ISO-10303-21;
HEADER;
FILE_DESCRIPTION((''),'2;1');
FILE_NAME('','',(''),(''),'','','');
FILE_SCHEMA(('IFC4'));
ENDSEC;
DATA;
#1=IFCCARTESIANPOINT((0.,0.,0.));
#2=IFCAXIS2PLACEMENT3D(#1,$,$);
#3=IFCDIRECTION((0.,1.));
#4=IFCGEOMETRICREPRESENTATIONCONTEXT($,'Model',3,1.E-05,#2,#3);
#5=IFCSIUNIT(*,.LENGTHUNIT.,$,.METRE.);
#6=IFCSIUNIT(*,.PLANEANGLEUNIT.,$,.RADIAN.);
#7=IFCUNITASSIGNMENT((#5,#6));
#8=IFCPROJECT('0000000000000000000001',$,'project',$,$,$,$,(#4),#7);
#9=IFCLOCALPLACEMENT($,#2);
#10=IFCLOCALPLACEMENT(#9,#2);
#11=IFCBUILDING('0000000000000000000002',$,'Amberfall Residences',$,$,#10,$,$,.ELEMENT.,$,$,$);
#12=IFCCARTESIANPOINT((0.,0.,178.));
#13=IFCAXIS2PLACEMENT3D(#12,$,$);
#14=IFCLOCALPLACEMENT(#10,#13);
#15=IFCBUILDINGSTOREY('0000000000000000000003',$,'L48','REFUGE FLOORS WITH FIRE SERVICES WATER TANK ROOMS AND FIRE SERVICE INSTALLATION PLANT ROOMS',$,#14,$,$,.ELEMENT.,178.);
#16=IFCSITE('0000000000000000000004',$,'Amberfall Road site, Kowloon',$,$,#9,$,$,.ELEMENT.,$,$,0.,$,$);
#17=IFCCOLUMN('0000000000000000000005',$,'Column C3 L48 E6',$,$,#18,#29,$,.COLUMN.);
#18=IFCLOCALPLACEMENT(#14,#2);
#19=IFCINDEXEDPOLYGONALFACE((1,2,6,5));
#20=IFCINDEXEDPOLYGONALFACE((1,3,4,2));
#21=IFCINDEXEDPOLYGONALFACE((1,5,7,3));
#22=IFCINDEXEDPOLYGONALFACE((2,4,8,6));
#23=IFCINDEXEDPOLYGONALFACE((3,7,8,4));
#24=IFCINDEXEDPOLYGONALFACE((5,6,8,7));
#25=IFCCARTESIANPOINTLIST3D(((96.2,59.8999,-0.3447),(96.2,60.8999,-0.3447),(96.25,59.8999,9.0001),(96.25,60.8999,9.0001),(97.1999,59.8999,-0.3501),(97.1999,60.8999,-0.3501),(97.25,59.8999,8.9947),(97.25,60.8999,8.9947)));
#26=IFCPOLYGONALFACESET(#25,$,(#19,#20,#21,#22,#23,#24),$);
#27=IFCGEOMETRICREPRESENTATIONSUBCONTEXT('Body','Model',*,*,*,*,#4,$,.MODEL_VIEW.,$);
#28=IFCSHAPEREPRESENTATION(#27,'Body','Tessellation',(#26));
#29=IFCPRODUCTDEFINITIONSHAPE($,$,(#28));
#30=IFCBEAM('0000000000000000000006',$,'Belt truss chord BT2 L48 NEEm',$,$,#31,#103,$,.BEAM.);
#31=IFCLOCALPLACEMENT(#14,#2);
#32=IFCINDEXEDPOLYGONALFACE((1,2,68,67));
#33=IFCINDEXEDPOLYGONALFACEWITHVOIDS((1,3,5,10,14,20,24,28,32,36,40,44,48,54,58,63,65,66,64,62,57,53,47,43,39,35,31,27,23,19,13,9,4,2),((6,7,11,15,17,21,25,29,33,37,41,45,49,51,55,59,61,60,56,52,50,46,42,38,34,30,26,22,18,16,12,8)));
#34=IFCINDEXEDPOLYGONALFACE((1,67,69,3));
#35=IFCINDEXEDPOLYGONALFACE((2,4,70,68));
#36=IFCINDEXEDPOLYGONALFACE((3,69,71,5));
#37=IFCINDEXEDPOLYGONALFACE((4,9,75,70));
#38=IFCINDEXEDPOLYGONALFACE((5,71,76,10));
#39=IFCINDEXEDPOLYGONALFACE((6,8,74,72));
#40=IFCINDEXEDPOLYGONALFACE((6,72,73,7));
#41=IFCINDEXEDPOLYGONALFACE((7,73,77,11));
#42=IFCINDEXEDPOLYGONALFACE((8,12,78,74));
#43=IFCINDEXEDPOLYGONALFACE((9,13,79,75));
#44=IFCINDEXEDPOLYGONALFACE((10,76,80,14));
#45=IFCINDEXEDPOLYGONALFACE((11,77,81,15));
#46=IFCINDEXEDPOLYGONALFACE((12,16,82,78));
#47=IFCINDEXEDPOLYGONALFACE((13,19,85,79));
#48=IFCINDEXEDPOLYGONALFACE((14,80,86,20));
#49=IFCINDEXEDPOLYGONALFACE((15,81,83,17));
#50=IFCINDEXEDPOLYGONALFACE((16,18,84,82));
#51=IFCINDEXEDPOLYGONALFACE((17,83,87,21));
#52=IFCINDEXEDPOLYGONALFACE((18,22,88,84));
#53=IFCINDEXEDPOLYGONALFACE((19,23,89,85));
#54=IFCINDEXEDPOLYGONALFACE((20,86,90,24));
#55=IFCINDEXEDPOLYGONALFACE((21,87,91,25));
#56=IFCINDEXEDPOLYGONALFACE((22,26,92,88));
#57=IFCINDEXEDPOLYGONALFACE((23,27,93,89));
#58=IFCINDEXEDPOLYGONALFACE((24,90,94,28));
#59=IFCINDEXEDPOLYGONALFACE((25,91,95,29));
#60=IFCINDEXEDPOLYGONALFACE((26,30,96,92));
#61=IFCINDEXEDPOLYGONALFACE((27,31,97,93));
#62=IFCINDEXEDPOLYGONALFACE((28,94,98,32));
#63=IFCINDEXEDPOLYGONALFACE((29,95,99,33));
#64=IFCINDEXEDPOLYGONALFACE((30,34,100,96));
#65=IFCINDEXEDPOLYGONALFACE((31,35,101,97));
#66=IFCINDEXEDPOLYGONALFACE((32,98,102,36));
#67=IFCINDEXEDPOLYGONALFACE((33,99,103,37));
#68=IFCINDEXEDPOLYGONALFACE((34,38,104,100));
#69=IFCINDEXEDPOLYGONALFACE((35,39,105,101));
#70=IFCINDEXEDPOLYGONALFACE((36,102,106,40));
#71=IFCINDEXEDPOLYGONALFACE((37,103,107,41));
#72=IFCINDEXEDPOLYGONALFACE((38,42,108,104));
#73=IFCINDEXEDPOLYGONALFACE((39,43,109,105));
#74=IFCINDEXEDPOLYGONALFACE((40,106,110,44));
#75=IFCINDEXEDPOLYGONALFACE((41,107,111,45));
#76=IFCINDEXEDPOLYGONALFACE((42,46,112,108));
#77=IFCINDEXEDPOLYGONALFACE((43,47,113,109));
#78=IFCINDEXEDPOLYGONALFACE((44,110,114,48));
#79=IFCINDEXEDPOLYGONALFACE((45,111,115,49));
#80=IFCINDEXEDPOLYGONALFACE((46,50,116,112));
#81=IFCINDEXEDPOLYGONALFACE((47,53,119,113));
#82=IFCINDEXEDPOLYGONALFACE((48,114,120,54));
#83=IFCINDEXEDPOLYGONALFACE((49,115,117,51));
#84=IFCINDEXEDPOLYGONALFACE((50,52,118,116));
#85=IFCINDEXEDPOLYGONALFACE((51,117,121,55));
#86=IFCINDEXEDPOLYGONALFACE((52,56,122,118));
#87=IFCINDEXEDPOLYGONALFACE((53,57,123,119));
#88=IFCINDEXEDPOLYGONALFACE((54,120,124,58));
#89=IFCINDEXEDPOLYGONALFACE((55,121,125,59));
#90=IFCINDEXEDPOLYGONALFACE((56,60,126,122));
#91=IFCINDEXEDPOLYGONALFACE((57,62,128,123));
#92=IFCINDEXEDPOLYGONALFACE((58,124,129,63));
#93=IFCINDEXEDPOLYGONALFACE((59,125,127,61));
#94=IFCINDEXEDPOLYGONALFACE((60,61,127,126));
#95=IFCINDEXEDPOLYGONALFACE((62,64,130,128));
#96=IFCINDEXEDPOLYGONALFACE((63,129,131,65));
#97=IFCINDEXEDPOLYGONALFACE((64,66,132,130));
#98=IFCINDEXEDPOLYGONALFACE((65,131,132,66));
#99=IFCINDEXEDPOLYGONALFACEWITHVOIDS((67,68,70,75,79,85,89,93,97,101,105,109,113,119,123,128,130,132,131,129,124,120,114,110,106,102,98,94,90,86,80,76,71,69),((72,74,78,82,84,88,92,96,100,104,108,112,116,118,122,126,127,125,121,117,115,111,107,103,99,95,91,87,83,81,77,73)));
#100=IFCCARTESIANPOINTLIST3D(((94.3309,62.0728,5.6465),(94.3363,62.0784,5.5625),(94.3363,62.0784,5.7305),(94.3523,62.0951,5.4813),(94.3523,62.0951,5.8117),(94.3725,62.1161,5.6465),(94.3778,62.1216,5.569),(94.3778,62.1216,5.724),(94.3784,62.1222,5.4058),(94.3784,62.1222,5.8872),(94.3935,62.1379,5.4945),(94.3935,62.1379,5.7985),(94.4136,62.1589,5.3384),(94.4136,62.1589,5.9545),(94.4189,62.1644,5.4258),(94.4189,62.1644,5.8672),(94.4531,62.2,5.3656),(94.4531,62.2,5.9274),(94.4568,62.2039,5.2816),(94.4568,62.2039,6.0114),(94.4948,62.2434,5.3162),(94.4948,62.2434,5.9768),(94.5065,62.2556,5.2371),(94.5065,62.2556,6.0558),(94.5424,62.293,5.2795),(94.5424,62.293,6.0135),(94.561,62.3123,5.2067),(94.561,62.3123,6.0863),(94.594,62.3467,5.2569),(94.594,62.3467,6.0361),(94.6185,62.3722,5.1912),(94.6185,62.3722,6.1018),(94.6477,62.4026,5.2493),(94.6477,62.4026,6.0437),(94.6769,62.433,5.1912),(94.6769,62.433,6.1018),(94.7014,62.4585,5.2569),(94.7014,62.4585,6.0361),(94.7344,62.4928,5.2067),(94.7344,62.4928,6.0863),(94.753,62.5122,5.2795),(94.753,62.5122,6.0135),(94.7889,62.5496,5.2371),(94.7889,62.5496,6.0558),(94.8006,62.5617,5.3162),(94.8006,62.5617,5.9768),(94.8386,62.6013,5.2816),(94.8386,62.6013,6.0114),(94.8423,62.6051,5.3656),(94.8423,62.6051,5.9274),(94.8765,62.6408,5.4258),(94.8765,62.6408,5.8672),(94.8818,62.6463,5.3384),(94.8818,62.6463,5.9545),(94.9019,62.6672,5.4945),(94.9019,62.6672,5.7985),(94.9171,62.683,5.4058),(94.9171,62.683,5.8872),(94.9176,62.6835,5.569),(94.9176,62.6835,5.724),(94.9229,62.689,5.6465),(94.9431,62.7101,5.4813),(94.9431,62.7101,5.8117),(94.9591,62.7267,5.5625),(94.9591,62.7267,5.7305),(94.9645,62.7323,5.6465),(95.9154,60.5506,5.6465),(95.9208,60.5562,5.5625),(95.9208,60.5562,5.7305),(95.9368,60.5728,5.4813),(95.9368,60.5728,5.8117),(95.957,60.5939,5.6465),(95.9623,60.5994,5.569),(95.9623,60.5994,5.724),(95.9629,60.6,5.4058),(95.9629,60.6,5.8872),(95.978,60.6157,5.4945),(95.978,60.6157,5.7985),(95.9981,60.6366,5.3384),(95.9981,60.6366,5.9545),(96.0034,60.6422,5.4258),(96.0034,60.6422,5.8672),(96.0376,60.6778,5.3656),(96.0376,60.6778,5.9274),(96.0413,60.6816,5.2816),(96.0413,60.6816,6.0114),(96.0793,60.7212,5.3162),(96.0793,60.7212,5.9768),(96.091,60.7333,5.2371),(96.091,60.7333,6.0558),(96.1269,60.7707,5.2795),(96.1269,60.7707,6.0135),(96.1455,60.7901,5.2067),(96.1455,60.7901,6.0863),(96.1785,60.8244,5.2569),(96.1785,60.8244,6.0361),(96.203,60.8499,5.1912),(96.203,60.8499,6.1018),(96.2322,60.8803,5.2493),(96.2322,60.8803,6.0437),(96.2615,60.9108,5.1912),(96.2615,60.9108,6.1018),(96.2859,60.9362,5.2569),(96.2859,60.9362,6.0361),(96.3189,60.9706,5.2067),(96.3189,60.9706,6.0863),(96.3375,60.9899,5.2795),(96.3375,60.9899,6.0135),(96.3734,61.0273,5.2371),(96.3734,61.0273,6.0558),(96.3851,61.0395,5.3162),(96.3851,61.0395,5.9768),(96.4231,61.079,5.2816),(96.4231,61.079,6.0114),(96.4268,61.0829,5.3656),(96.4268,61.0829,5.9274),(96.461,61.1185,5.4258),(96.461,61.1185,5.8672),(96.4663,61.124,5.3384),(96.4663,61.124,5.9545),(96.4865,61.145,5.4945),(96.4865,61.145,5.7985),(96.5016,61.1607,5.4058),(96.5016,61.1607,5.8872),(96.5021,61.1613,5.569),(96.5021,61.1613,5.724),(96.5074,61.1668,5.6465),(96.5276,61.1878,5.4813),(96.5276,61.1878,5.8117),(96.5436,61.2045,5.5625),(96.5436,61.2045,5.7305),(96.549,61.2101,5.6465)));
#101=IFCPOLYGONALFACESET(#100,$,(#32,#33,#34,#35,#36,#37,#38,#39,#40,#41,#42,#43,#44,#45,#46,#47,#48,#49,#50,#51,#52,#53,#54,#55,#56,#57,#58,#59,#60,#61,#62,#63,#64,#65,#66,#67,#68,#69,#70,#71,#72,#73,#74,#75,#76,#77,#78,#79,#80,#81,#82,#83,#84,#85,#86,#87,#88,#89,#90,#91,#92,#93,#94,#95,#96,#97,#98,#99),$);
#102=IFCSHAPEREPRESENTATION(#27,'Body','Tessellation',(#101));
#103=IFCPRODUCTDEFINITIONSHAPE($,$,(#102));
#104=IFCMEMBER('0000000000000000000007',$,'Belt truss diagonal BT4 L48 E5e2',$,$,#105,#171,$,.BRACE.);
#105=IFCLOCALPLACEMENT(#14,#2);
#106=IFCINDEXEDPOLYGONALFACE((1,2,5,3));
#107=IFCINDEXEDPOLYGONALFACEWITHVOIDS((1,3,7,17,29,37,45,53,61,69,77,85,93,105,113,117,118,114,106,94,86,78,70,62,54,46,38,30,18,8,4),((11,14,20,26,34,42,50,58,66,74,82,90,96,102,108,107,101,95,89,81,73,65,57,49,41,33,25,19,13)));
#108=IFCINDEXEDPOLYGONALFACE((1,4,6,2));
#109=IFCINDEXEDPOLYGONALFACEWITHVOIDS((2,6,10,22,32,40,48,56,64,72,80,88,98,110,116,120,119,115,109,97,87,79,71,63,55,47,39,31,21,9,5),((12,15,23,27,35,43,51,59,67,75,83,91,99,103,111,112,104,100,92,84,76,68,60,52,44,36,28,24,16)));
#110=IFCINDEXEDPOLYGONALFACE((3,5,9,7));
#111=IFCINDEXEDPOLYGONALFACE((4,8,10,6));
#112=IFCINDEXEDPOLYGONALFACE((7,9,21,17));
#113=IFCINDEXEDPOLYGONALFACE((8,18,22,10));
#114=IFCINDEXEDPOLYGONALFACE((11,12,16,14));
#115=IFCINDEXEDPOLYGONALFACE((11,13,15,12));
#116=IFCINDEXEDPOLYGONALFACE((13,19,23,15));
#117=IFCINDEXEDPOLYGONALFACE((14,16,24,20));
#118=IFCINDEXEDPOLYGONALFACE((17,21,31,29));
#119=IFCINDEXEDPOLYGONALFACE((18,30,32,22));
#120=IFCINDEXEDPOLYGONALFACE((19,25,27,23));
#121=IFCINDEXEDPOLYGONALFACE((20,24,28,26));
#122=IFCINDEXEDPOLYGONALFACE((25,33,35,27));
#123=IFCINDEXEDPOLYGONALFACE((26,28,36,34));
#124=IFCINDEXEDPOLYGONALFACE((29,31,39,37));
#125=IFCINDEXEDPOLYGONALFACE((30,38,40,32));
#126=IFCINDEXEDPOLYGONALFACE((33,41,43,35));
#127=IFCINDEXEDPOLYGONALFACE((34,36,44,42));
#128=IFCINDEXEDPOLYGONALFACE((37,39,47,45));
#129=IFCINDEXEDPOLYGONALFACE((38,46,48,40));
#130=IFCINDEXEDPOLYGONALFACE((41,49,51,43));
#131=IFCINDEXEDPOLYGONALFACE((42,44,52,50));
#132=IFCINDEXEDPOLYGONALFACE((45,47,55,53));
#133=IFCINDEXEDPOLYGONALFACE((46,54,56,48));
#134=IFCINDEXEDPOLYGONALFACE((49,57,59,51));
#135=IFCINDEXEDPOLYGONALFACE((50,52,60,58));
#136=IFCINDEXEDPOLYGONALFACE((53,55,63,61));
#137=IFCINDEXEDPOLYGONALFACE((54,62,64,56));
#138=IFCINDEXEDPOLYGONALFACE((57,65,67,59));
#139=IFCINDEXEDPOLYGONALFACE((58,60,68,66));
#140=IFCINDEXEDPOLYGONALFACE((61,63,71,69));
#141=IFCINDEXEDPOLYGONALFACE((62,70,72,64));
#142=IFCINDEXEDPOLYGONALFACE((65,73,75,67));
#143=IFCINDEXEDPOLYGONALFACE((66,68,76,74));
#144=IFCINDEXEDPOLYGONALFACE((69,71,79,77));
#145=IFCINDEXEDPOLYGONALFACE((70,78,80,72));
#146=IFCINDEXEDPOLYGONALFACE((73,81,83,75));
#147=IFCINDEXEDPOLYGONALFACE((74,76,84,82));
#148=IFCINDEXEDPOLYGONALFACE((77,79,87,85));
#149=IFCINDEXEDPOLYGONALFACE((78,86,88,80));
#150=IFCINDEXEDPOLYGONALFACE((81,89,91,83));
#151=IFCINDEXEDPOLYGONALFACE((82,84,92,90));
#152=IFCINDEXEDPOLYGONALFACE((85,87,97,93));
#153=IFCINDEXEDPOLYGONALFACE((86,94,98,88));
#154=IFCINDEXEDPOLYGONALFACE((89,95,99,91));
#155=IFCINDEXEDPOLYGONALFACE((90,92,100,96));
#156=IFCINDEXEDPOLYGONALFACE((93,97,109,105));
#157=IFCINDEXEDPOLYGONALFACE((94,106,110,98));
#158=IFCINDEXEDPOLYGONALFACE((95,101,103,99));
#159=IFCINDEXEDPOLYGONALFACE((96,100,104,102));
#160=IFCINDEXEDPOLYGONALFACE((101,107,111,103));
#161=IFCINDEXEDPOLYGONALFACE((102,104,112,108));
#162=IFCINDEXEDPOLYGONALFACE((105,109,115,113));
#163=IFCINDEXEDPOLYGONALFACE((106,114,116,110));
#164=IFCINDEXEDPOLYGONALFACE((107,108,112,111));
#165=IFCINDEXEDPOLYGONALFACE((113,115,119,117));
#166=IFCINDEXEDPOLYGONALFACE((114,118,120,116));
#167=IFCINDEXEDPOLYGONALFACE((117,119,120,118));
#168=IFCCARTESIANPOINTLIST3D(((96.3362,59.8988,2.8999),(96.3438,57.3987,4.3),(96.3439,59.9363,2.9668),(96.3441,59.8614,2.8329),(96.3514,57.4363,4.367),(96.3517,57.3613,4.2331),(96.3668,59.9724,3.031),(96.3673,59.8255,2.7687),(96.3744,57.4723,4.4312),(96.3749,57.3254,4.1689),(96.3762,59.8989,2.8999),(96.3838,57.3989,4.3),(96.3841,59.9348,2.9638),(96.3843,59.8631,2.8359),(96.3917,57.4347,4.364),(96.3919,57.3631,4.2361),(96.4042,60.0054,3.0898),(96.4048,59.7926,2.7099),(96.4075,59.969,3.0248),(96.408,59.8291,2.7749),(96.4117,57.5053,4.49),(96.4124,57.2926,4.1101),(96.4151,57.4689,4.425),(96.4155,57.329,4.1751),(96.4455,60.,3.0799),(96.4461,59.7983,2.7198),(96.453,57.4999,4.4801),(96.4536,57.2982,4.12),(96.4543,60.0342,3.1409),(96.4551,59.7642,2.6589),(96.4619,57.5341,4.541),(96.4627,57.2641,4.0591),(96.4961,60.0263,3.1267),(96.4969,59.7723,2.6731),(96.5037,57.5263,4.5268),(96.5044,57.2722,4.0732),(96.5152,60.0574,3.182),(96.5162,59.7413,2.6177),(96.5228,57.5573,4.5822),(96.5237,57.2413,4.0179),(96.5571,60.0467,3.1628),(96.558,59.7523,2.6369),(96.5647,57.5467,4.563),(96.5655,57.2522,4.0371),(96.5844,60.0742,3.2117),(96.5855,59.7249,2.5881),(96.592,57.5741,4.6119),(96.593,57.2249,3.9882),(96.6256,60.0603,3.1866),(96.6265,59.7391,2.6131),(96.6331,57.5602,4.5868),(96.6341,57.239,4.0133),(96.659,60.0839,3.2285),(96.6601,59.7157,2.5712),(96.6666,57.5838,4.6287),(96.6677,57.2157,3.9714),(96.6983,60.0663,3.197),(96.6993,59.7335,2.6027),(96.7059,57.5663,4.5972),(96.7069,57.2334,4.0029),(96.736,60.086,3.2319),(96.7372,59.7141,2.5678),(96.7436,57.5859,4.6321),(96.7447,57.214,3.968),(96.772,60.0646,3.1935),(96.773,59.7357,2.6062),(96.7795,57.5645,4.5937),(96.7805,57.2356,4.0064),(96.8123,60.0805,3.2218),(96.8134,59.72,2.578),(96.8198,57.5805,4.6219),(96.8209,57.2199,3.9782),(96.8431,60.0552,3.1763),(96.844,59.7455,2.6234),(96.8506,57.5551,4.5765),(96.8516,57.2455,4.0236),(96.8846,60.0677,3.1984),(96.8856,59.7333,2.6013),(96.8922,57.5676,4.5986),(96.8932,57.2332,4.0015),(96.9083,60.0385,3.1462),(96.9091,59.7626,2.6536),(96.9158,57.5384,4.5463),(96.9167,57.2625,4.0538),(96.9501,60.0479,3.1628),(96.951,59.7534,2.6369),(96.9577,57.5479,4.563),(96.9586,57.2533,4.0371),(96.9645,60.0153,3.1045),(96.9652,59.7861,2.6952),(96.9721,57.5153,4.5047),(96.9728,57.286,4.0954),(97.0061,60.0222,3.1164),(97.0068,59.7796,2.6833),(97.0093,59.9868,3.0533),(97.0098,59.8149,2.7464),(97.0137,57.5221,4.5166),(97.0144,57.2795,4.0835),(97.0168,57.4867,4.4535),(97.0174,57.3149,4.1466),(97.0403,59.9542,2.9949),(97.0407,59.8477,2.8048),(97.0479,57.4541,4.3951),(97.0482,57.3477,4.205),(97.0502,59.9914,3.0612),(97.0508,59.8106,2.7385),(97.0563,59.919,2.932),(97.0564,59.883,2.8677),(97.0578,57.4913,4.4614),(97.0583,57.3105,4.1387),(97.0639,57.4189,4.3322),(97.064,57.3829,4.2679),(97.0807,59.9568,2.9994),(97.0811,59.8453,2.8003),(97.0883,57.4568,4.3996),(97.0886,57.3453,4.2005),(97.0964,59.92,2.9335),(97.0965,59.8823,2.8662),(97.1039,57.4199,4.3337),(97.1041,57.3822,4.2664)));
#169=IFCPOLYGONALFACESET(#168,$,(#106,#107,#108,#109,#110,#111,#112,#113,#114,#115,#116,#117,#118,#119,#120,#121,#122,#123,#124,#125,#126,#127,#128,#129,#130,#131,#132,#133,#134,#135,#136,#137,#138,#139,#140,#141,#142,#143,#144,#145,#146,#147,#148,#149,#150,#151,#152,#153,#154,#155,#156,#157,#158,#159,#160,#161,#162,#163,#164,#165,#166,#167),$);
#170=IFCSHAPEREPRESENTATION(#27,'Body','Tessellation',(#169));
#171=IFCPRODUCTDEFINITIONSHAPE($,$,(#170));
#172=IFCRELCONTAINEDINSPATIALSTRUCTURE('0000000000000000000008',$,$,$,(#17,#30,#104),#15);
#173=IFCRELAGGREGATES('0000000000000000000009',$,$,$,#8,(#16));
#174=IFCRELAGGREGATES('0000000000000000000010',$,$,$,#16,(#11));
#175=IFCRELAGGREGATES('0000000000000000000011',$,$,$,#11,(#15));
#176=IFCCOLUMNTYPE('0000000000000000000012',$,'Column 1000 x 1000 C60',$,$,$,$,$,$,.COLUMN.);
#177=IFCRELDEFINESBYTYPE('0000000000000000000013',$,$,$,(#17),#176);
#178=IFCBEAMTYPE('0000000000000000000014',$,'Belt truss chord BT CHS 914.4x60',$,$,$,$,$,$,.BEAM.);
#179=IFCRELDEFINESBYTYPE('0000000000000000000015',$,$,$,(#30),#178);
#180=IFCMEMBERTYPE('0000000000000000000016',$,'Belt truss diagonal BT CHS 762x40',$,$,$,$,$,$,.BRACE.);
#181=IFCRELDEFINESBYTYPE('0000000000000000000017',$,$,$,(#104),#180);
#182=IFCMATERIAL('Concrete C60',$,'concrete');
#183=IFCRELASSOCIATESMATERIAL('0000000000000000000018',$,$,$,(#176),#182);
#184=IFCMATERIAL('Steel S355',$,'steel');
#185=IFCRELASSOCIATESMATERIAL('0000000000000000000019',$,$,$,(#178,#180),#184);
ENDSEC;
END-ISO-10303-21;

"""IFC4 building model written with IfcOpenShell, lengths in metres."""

from ifc_helpers import new_model, si_unit, direction, frame, origin, origin_2d, place, context, subcontext, project, spatial, rectangle, hollow_circle, extrude, material, material_profile, profile_set, type_object, element, save


model = new_model("IFC4")

# Units and contexts
model_context = context("Model", 3, precision=1e-05, world=origin(), true_north=direction((0.0, 1.0)))
body_context = subcontext(model_context, "Body", "Model", "MODEL_VIEW")
ifc_project = project(units=[si_unit("LENGTHUNIT", "METRE"), si_unit("PLANEANGLEUNIT", "RADIAN")], contexts=[model_context])

# Site, building, storey
site_placement = place(None, origin())
site = spatial("IfcSite", under=ifc_project, at=site_placement, Name="Amberfall Road site, Kowloon", CompositionType="ELEMENT", RefElevation=0.0)
building_placement = place(site_placement, origin())
building = spatial("IfcBuilding", under=site, at=building_placement, Name="Amberfall Residences", CompositionType="ELEMENT")
storey_placement = place(building_placement, frame((0.0, 0.0, 178.0)))
storey = spatial("IfcBuildingStorey", under=building, at=storey_placement, Name="L48", Description="REFUGE FLOORS WITH FIRE SERVICES WATER TANK ROOMS AND FIRE SERVICE INSTALLATION PLANT ROOMS", CompositionType="ELEMENT", Elevation=178.0)

# Column
ifc_material_1 = material(Name="Concrete C60", Category="concrete")
ifc_material_profile_1 = material_profile(ifc_material_1, rectangle(XDim=1.0, YDim=1.0, at=origin_2d()), Name="Column 1000 x 1000 C60")
ifc_profile_set_1 = profile_set([ifc_material_profile_1], Name="Concrete C60")
column_type = type_object("IfcColumnType", Name="Column 1000 x 1000 C60", PredefinedType="COLUMN", material=ifc_profile_set_1)
column_placement = place(storey_placement, frame((96.7, 60.3999, -0.3474), z_axis=(0.005356, 0.0, 0.999986), x_axis=(0.0, 1.0, 0.0)))
element("IfcColumn", 1, at=column_placement, inside=storey, type_object=column_type, Name="Column C3 L48 E6", PredefinedType="COLUMN", context=body_context, shape_type="SweptSolid", body=[
    extrude(rectangle(XDim=1.0, YDim=1.0, at=origin_2d()), origin(), (0.0, 0.0, 1.0), 9.345),
])

# Beam
ifc_material_2 = material(Name="Steel S355", Category="steel")
ifc_material_profile_2 = material_profile(ifc_material_2, hollow_circle(Radius=0.4573, WallThickness=0.0601, at=origin_2d()), Name="CHS 914.4x60")
ifc_profile_set_2 = profile_set([ifc_material_profile_2], Name="Steel S355")
beam_type_1 = type_object("IfcBeamType", Name="Belt truss chord BT CHS 914.4x60", PredefinedType="BEAM", material=ifc_profile_set_2)
beam_1_placement = place(storey_placement, frame((94.6477, 62.4026, 5.6465), z_axis=(0.721132, -0.692798, 0.0), x_axis=(0.692798, 0.721132, 0.0)))
element("IfcBeam", 2, at=beam_1_placement, inside=storey, type_object=beam_type_1, Name="Belt truss chord BT2 L48 NEEm", PredefinedType="BEAM", context=body_context, shape_type="SweptSolid", body=[
    extrude(hollow_circle(Radius=0.4573, WallThickness=0.0601, at=origin_2d()), origin(), (0.0, 0.0, 1.0), 2.1973),
])

# Member
ifc_material_profile_3 = material_profile(ifc_material_2, hollow_circle(Radius=0.3811, WallThickness=0.04, at=origin_2d()), Name="CHS 762x40")
ifc_profile_set_3 = profile_set([ifc_material_profile_3], Name="Steel S355")
member_type_1 = type_object("IfcMemberType", Name="Belt truss diagonal BT CHS 762x40", PredefinedType="BRACE", material=ifc_profile_set_3)
member_1_placement = place(storey_placement, frame((96.7249, 57.3999, 4.3), z_axis=(-0.002641, 0.872481, -0.488641), x_axis=(-0.999995, -0.003027, 0.0)))
element("IfcMember", 3, at=member_1_placement, inside=storey, type_object=member_type_1, Name="Belt truss diagonal BT4 L48 E5e2", PredefinedType="BRACE", context=body_context, shape_type="SweptSolid", body=[
    extrude(hollow_circle(Radius=0.3811, WallThickness=0.04, at=origin_2d()), origin(), (0.0, 0.0, 1.0), 2.8655),
])

save(model, "model.ifc")
